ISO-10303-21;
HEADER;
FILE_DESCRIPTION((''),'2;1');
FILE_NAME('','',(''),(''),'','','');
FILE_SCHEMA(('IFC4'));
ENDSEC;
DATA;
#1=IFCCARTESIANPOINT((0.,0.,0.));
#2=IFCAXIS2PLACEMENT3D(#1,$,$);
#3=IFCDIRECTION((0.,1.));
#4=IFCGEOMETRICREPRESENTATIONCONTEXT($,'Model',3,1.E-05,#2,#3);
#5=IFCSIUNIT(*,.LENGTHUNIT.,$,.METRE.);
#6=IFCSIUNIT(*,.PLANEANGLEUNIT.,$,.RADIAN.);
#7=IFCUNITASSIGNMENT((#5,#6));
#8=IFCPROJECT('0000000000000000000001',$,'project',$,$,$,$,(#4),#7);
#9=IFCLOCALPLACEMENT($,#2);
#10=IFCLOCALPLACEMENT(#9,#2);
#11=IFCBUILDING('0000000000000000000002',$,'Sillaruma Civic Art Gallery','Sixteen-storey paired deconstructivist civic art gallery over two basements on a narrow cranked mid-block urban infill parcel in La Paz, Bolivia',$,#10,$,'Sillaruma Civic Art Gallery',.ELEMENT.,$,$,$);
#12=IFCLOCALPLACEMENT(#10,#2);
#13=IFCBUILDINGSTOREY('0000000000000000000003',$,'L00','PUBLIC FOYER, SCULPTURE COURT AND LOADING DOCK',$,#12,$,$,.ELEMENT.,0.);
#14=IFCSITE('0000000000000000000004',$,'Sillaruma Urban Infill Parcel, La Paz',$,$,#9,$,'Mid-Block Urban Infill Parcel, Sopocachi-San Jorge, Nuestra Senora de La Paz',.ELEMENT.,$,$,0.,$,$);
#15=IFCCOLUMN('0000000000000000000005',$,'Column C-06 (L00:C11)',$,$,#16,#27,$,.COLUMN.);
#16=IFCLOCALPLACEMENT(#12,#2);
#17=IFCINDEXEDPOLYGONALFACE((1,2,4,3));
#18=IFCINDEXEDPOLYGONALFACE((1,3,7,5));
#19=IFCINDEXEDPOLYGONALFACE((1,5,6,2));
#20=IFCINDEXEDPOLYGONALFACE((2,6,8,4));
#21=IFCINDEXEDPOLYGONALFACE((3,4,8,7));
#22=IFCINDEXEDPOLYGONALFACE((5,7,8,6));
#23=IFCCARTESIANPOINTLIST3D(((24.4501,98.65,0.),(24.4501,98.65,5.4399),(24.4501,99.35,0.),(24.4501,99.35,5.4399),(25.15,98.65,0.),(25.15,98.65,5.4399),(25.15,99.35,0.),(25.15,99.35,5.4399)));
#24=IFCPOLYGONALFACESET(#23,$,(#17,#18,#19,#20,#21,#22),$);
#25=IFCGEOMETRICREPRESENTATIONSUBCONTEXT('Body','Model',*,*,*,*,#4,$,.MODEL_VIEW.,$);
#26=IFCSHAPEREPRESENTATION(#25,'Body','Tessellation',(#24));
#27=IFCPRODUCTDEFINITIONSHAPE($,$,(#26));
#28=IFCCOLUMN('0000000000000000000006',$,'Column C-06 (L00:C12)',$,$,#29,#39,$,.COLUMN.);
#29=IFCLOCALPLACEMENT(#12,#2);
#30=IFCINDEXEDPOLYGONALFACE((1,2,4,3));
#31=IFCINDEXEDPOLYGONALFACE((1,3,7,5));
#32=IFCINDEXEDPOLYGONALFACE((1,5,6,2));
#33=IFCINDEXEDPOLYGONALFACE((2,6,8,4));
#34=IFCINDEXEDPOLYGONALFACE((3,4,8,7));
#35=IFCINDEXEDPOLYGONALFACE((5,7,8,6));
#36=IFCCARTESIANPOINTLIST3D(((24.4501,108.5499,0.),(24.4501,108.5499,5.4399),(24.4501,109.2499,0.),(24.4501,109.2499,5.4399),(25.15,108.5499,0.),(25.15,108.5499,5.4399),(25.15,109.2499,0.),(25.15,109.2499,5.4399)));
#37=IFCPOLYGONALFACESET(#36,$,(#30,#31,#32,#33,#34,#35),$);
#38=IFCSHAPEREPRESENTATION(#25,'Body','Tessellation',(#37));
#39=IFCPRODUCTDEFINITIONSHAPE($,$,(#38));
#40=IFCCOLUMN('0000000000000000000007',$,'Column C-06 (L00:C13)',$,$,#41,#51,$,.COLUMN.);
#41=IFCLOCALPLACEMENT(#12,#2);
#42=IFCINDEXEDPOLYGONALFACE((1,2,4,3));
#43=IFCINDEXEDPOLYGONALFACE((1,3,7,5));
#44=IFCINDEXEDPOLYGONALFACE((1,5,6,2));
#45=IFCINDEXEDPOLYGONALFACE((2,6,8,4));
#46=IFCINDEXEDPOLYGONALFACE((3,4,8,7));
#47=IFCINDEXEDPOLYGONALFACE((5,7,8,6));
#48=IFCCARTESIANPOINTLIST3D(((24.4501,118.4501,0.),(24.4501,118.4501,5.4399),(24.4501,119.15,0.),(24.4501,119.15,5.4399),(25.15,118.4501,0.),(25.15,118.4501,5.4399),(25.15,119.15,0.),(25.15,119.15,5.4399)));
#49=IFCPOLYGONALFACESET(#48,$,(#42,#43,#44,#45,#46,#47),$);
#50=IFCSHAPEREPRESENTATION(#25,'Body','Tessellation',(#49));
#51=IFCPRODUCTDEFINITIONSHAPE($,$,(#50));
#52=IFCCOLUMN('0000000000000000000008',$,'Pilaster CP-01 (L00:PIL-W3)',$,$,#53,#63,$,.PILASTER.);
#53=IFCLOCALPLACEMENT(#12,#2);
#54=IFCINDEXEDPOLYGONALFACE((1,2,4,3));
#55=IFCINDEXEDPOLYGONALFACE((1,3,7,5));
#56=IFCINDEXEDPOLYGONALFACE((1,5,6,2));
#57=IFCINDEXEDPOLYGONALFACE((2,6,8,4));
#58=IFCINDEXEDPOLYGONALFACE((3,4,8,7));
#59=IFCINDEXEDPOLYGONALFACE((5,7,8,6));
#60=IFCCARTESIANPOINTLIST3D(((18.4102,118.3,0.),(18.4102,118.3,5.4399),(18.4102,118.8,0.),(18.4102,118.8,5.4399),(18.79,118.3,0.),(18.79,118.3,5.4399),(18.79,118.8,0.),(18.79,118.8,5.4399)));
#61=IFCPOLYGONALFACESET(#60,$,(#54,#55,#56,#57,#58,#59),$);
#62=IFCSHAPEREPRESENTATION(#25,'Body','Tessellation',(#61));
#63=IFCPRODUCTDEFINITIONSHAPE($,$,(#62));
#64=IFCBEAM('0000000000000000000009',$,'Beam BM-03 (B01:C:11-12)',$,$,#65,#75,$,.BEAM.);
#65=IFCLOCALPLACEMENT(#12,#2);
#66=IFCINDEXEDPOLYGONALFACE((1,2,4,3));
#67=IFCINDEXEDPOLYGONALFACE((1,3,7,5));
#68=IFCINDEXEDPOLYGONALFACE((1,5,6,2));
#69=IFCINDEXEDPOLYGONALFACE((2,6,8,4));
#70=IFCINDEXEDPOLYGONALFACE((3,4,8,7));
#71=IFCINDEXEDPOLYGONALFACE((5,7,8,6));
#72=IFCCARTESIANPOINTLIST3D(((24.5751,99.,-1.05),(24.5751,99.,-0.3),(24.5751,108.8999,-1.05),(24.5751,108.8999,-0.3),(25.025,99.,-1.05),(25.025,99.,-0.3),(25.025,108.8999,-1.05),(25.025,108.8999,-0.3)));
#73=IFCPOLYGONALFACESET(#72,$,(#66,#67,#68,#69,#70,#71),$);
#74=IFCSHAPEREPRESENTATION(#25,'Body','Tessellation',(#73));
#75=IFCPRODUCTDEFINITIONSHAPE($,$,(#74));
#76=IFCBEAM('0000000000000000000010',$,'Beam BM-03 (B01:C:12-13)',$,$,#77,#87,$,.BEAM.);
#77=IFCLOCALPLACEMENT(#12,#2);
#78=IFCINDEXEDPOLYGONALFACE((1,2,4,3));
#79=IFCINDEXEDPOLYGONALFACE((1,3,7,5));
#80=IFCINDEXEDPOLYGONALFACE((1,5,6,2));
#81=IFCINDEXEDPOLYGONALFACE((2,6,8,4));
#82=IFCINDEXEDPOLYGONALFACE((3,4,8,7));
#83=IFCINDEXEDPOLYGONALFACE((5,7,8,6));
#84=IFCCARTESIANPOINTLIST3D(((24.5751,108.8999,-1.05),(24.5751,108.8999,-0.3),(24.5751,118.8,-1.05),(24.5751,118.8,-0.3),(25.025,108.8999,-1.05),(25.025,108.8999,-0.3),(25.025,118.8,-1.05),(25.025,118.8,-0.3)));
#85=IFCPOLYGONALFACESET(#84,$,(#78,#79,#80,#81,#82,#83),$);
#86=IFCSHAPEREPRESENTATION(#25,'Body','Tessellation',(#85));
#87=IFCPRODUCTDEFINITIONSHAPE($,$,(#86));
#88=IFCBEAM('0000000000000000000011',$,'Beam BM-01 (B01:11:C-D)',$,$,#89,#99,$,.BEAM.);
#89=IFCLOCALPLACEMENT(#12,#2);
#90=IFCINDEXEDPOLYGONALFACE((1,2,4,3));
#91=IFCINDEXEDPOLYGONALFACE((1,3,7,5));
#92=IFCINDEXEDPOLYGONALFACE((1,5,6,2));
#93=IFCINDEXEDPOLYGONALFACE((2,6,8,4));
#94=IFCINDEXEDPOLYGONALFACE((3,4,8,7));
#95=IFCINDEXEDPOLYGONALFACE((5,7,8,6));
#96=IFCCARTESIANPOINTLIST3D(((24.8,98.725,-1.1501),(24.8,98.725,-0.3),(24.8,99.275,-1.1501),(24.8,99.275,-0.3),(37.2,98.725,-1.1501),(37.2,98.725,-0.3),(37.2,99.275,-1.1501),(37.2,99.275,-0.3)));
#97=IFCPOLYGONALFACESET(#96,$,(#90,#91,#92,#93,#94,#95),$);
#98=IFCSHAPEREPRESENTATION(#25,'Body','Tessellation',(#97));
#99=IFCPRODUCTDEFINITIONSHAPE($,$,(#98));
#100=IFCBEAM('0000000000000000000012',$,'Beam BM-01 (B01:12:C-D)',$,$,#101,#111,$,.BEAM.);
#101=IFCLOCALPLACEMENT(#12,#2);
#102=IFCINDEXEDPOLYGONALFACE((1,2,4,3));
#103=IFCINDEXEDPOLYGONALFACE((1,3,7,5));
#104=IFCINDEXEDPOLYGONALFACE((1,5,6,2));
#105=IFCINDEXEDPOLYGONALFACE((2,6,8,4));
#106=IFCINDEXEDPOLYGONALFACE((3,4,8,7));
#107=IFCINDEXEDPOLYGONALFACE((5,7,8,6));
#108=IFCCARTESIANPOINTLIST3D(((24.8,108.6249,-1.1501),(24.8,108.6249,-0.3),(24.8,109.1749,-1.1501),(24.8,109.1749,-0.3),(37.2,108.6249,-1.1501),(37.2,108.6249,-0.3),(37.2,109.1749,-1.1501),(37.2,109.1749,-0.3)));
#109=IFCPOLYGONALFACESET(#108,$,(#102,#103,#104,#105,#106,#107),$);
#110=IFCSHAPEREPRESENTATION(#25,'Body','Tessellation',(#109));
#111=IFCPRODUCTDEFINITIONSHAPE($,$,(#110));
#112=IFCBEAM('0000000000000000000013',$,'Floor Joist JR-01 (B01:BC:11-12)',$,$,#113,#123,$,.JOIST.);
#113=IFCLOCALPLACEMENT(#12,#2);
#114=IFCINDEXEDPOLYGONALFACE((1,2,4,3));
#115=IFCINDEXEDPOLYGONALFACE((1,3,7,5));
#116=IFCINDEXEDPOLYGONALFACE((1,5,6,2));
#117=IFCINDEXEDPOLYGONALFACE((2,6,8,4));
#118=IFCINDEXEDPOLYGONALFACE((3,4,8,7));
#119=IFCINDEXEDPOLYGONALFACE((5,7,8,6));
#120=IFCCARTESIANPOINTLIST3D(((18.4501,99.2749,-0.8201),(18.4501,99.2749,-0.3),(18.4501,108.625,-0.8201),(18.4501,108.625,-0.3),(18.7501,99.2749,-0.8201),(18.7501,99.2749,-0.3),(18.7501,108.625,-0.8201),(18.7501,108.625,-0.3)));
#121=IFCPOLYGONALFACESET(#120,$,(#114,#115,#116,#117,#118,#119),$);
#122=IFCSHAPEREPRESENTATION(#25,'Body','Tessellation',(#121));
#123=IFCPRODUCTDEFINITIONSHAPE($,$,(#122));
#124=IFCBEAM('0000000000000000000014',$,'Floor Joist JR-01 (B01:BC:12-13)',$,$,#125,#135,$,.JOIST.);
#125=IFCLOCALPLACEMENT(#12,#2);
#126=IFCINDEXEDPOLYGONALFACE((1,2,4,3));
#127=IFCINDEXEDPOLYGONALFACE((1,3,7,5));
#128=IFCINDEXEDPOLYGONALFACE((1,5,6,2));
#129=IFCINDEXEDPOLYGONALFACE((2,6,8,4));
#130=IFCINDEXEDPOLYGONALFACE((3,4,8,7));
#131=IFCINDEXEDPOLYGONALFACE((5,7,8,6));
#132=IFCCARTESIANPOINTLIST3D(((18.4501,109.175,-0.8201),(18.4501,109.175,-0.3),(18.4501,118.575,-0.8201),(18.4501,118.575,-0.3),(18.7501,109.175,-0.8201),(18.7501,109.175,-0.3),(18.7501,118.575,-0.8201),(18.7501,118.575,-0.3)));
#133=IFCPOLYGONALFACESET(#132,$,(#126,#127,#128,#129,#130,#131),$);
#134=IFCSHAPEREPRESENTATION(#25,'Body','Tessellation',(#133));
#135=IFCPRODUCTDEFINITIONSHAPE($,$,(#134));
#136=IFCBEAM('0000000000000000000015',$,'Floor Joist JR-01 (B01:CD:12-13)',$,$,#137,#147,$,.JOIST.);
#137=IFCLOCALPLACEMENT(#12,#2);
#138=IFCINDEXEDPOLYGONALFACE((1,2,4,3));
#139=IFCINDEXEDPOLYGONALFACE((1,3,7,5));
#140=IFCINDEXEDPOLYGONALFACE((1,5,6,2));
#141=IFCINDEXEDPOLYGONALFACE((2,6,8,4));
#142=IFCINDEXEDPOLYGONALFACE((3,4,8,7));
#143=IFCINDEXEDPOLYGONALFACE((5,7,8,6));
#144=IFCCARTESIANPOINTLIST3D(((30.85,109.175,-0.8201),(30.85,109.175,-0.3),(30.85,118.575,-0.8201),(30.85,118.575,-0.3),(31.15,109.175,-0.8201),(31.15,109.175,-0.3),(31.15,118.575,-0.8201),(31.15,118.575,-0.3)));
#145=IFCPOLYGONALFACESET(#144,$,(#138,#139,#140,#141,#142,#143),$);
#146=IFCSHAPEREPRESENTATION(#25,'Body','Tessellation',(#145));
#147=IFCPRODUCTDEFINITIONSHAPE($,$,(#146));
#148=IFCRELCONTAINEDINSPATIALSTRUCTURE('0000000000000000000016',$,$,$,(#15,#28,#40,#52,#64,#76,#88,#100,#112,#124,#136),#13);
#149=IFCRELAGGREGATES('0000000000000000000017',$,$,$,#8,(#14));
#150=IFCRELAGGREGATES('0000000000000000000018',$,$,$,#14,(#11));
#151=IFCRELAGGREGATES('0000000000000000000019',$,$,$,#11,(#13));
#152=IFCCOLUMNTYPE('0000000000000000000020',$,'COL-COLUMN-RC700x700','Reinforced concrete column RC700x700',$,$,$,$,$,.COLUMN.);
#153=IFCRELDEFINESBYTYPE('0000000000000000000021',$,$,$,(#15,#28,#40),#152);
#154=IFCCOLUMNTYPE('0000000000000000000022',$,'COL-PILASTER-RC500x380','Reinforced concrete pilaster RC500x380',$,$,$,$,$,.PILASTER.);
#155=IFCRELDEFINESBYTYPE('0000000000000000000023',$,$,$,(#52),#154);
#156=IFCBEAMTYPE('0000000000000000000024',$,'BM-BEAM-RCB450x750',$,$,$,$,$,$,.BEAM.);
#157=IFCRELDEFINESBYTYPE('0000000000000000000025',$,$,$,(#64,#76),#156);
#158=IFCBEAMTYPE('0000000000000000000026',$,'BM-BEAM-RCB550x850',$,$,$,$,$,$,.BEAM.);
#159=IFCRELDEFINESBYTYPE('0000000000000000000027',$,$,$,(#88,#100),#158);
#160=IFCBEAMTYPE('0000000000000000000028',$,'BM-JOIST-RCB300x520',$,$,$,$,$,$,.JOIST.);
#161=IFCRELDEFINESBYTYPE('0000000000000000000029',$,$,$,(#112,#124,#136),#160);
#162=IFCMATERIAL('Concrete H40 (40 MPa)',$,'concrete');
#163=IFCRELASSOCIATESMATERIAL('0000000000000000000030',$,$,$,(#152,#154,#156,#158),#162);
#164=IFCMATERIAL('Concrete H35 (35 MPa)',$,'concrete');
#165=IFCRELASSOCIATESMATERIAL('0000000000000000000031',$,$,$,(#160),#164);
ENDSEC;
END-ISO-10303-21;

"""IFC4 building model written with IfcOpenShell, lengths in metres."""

from ifc_helpers import new_model, si_unit, direction, frame, origin, origin_2d, place, context, subcontext, project, spatial, rectangle, extrude, material, material_profile, profile_set, type_object, element, save


model = new_model("IFC4")

# Units and contexts
model_context = context("Model", 3, precision=1e-05, world=origin(), true_north=direction((0.0, 1.0)))
body_context = subcontext(model_context, "Body", "Model", "MODEL_VIEW")
ifc_project = project(units=[si_unit("LENGTHUNIT", "METRE"), si_unit("PLANEANGLEUNIT", "RADIAN")], contexts=[model_context])

# Site, building, storey
site_placement = place(None, origin())
site = spatial("IfcSite", under=ifc_project, at=site_placement, Name="Sillaruma Urban Infill Parcel, La Paz", LongName="Mid-Block Urban Infill Parcel, Sopocachi-San Jorge, Nuestra Senora de La Paz", CompositionType="ELEMENT", RefElevation=0.0)
building_placement = place(site_placement, origin())
building = spatial("IfcBuilding", under=site, at=building_placement, Name="Sillaruma Civic Art Gallery", Description="Sixteen-storey paired deconstructivist civic art gallery over two basements on a narrow cranked mid-block urban infill parcel in La Paz, Bolivia", LongName="Sillaruma Civic Art Gallery", CompositionType="ELEMENT")
storey_placement = place(building_placement, origin())
storey = spatial("IfcBuildingStorey", under=building, at=storey_placement, Name="L00", Description="PUBLIC FOYER, SCULPTURE COURT AND LOADING DOCK", CompositionType="ELEMENT", Elevation=0.0)

# Columns
ifc_material_1 = material(Name="Concrete H40 (40 MPa)", Category="concrete")
ifc_material_profile_1 = material_profile(ifc_material_1, rectangle(XDim=0.7, YDim=0.7, at=origin_2d()), Name="RC700x700")
ifc_profile_set_1 = profile_set([ifc_material_profile_1], Name="Concrete H40 (40 MPa)")
column_type_1 = type_object("IfcColumnType", Name="COL-COLUMN-RC700x700", Description="Reinforced concrete column RC700x700", PredefinedType="COLUMN", material=ifc_profile_set_1)
for number, where, z_axis, x_axis, name in (
    (1, (24.8, 99.0, 0.0), (0.0, 0.0, 1.0), (1.0, 0.0, 0.0), "Column C-06 (L00:C11)"),
    (2, (24.8, 108.8999, 0.0), (0.0, 0.0, 1.0), (1.0, 0.0, 0.0), "Column C-06 (L00:C12)"),
    (3, (24.8, 118.8, 0.0), (0.0, 0.0, 1.0), (1.0, 0.0, 0.0), "Column C-06 (L00:C13)"),
):
    element("IfcColumn", number, at=place(storey_placement, frame(where, z_axis=z_axis, x_axis=x_axis)), inside=storey, type_object=column_type_1, Name=name, PredefinedType="COLUMN", context=body_context, shape_type="SweptSolid", body=[
        extrude(rectangle(XDim=0.7, YDim=0.7, at=origin_2d()), origin(), (0.0, 0.0, 1.0), 5.4399),
    ])
ifc_material_profile_2 = material_profile(ifc_material_1, rectangle(XDim=0.3799, YDim=0.5, at=origin_2d()), Name="RC500x380")
ifc_profile_set_2 = profile_set([ifc_material_profile_2], Name="Concrete H40 (40 MPa)")
column_type_2 = type_object("IfcColumnType", Name="COL-PILASTER-RC500x380", Description="Reinforced concrete pilaster RC500x380", PredefinedType="PILASTER", material=ifc_profile_set_2)
column_placement = place(storey_placement, frame((18.6001, 118.55, 0.0), z_axis=(0.0, 0.0, 1.0), x_axis=(1.0, 0.0, 0.0)))
element("IfcColumn", 4, at=column_placement, inside=storey, type_object=column_type_2, Name="Pilaster CP-01 (L00:PIL-W3)", PredefinedType="PILASTER", context=body_context, shape_type="SweptSolid", body=[
    extrude(rectangle(XDim=0.3799, YDim=0.5, at=origin_2d()), origin(), (0.0, 0.0, 1.0), 5.4399),
])

# Beams
ifc_material_profile_3 = material_profile(ifc_material_1, rectangle(XDim=0.45, YDim=0.75, at=origin_2d()), Name="RCB450x750")
ifc_profile_set_3 = profile_set([ifc_material_profile_3], Name="Concrete H40 (40 MPa)")
beam_type_1 = type_object("IfcBeamType", Name="BM-BEAM-RCB450x750", PredefinedType="BEAM", material=ifc_profile_set_3)
beam_1_placement = place(storey_placement, frame((24.8, 99.0, -0.675), z_axis=(0.0, 1.0, 0.0), x_axis=(-1.0, 0.0, 0.0)))
element("IfcBeam", 5, at=beam_1_placement, inside=storey, type_object=beam_type_1, Name="Beam BM-03 (B01:C:11-12)", PredefinedType="BEAM", context=body_context, shape_type="SweptSolid", body=[
    extrude(rectangle(XDim=0.45, YDim=0.75, at=origin_2d()), origin(), (0.0, 0.0, 1.0), 9.8999),
])
beam_2_placement = place(storey_placement, frame((24.8, 108.8999, -0.675), z_axis=(0.0, 1.0, 0.0), x_axis=(-1.0, 0.0, 0.0)))
element("IfcBeam", 6, at=beam_2_placement, inside=storey, type_object=beam_type_1, Name="Beam BM-03 (B01:C:12-13)", PredefinedType="BEAM", context=body_context, shape_type="SweptSolid", body=[
    extrude(rectangle(XDim=0.45, YDim=0.75, at=origin_2d()), origin(), (0.0, 0.0, 1.0), 9.9001),
])
ifc_material_profile_4 = material_profile(ifc_material_1, rectangle(XDim=0.55, YDim=0.8501, at=origin_2d()), Name="RCB550x850")
ifc_profile_set_4 = profile_set([ifc_material_profile_4], Name="Concrete H40 (40 MPa)")
beam_type_2 = type_object("IfcBeamType", Name="BM-BEAM-RCB550x850", PredefinedType="BEAM", material=ifc_profile_set_4)
for number, where, z_axis, x_axis, name in (
    (7, (24.8, 99.0, -0.7251), (1.0, 0.0, 0.0), (0.0, 1.0, 0.0), "Beam BM-01 (B01:11:C-D)"),
    (8, (24.8, 108.8999, -0.7251), (1.0, 0.0, 0.0), (0.0, 1.0, 0.0), "Beam BM-01 (B01:12:C-D)"),
):
    element("IfcBeam", number, at=place(storey_placement, frame(where, z_axis=z_axis, x_axis=x_axis)), inside=storey, type_object=beam_type_2, Name=name, PredefinedType="BEAM", context=body_context, shape_type="SweptSolid", body=[
        extrude(rectangle(XDim=0.55, YDim=0.8501, at=origin_2d()), origin(), (0.0, 0.0, 1.0), 12.3999),
    ])
ifc_material_2 = material(Name="Concrete H35 (35 MPa)", Category="concrete")
ifc_material_profile_5 = material_profile(ifc_material_2, rectangle(XDim=0.3, YDim=0.52, at=origin_2d()), Name="RCB300x520")
ifc_profile_set_5 = profile_set([ifc_material_profile_5], Name="Concrete H35 (35 MPa)")
beam_type_3 = type_object("IfcBeamType", Name="BM-JOIST-RCB300x520", PredefinedType="JOIST", material=ifc_profile_set_5)
beam_3_placement = place(storey_placement, frame((18.6001, 99.2749, -0.5601), z_axis=(0.0, 1.0, 0.0), x_axis=(-1.0, 0.0, 0.0)))
element("IfcBeam", 9, at=beam_3_placement, inside=storey, type_object=beam_type_3, Name="Floor Joist JR-01 (B01:BC:11-12)", PredefinedType="JOIST", context=body_context, shape_type="SweptSolid", body=[
    extrude(rectangle(XDim=0.3, YDim=0.52, at=origin_2d()), origin(), (0.0, 0.0, 1.0), 9.3501),
])
for number, where, z_axis, x_axis, name in (
    (10, (18.6001, 109.175, -0.5601), (0.0, 1.0, 0.0), (-1.0, 0.0, 0.0), "Floor Joist JR-01 (B01:BC:12-13)"),
    (11, (31.0, 109.175, -0.5601), (0.0, 1.0, 0.0), (-1.0, 0.0, 0.0), "Floor Joist JR-01 (B01:CD:12-13)"),
):
    element("IfcBeam", number, at=place(storey_placement, frame(where, z_axis=z_axis, x_axis=x_axis)), inside=storey, type_object=beam_type_3, Name=name, PredefinedType="JOIST", context=body_context, shape_type="SweptSolid", body=[
        extrude(rectangle(XDim=0.3, YDim=0.52, at=origin_2d()), origin(), (0.0, 0.0, 1.0), 9.3999),
    ])

save(model, "model.ifc")
